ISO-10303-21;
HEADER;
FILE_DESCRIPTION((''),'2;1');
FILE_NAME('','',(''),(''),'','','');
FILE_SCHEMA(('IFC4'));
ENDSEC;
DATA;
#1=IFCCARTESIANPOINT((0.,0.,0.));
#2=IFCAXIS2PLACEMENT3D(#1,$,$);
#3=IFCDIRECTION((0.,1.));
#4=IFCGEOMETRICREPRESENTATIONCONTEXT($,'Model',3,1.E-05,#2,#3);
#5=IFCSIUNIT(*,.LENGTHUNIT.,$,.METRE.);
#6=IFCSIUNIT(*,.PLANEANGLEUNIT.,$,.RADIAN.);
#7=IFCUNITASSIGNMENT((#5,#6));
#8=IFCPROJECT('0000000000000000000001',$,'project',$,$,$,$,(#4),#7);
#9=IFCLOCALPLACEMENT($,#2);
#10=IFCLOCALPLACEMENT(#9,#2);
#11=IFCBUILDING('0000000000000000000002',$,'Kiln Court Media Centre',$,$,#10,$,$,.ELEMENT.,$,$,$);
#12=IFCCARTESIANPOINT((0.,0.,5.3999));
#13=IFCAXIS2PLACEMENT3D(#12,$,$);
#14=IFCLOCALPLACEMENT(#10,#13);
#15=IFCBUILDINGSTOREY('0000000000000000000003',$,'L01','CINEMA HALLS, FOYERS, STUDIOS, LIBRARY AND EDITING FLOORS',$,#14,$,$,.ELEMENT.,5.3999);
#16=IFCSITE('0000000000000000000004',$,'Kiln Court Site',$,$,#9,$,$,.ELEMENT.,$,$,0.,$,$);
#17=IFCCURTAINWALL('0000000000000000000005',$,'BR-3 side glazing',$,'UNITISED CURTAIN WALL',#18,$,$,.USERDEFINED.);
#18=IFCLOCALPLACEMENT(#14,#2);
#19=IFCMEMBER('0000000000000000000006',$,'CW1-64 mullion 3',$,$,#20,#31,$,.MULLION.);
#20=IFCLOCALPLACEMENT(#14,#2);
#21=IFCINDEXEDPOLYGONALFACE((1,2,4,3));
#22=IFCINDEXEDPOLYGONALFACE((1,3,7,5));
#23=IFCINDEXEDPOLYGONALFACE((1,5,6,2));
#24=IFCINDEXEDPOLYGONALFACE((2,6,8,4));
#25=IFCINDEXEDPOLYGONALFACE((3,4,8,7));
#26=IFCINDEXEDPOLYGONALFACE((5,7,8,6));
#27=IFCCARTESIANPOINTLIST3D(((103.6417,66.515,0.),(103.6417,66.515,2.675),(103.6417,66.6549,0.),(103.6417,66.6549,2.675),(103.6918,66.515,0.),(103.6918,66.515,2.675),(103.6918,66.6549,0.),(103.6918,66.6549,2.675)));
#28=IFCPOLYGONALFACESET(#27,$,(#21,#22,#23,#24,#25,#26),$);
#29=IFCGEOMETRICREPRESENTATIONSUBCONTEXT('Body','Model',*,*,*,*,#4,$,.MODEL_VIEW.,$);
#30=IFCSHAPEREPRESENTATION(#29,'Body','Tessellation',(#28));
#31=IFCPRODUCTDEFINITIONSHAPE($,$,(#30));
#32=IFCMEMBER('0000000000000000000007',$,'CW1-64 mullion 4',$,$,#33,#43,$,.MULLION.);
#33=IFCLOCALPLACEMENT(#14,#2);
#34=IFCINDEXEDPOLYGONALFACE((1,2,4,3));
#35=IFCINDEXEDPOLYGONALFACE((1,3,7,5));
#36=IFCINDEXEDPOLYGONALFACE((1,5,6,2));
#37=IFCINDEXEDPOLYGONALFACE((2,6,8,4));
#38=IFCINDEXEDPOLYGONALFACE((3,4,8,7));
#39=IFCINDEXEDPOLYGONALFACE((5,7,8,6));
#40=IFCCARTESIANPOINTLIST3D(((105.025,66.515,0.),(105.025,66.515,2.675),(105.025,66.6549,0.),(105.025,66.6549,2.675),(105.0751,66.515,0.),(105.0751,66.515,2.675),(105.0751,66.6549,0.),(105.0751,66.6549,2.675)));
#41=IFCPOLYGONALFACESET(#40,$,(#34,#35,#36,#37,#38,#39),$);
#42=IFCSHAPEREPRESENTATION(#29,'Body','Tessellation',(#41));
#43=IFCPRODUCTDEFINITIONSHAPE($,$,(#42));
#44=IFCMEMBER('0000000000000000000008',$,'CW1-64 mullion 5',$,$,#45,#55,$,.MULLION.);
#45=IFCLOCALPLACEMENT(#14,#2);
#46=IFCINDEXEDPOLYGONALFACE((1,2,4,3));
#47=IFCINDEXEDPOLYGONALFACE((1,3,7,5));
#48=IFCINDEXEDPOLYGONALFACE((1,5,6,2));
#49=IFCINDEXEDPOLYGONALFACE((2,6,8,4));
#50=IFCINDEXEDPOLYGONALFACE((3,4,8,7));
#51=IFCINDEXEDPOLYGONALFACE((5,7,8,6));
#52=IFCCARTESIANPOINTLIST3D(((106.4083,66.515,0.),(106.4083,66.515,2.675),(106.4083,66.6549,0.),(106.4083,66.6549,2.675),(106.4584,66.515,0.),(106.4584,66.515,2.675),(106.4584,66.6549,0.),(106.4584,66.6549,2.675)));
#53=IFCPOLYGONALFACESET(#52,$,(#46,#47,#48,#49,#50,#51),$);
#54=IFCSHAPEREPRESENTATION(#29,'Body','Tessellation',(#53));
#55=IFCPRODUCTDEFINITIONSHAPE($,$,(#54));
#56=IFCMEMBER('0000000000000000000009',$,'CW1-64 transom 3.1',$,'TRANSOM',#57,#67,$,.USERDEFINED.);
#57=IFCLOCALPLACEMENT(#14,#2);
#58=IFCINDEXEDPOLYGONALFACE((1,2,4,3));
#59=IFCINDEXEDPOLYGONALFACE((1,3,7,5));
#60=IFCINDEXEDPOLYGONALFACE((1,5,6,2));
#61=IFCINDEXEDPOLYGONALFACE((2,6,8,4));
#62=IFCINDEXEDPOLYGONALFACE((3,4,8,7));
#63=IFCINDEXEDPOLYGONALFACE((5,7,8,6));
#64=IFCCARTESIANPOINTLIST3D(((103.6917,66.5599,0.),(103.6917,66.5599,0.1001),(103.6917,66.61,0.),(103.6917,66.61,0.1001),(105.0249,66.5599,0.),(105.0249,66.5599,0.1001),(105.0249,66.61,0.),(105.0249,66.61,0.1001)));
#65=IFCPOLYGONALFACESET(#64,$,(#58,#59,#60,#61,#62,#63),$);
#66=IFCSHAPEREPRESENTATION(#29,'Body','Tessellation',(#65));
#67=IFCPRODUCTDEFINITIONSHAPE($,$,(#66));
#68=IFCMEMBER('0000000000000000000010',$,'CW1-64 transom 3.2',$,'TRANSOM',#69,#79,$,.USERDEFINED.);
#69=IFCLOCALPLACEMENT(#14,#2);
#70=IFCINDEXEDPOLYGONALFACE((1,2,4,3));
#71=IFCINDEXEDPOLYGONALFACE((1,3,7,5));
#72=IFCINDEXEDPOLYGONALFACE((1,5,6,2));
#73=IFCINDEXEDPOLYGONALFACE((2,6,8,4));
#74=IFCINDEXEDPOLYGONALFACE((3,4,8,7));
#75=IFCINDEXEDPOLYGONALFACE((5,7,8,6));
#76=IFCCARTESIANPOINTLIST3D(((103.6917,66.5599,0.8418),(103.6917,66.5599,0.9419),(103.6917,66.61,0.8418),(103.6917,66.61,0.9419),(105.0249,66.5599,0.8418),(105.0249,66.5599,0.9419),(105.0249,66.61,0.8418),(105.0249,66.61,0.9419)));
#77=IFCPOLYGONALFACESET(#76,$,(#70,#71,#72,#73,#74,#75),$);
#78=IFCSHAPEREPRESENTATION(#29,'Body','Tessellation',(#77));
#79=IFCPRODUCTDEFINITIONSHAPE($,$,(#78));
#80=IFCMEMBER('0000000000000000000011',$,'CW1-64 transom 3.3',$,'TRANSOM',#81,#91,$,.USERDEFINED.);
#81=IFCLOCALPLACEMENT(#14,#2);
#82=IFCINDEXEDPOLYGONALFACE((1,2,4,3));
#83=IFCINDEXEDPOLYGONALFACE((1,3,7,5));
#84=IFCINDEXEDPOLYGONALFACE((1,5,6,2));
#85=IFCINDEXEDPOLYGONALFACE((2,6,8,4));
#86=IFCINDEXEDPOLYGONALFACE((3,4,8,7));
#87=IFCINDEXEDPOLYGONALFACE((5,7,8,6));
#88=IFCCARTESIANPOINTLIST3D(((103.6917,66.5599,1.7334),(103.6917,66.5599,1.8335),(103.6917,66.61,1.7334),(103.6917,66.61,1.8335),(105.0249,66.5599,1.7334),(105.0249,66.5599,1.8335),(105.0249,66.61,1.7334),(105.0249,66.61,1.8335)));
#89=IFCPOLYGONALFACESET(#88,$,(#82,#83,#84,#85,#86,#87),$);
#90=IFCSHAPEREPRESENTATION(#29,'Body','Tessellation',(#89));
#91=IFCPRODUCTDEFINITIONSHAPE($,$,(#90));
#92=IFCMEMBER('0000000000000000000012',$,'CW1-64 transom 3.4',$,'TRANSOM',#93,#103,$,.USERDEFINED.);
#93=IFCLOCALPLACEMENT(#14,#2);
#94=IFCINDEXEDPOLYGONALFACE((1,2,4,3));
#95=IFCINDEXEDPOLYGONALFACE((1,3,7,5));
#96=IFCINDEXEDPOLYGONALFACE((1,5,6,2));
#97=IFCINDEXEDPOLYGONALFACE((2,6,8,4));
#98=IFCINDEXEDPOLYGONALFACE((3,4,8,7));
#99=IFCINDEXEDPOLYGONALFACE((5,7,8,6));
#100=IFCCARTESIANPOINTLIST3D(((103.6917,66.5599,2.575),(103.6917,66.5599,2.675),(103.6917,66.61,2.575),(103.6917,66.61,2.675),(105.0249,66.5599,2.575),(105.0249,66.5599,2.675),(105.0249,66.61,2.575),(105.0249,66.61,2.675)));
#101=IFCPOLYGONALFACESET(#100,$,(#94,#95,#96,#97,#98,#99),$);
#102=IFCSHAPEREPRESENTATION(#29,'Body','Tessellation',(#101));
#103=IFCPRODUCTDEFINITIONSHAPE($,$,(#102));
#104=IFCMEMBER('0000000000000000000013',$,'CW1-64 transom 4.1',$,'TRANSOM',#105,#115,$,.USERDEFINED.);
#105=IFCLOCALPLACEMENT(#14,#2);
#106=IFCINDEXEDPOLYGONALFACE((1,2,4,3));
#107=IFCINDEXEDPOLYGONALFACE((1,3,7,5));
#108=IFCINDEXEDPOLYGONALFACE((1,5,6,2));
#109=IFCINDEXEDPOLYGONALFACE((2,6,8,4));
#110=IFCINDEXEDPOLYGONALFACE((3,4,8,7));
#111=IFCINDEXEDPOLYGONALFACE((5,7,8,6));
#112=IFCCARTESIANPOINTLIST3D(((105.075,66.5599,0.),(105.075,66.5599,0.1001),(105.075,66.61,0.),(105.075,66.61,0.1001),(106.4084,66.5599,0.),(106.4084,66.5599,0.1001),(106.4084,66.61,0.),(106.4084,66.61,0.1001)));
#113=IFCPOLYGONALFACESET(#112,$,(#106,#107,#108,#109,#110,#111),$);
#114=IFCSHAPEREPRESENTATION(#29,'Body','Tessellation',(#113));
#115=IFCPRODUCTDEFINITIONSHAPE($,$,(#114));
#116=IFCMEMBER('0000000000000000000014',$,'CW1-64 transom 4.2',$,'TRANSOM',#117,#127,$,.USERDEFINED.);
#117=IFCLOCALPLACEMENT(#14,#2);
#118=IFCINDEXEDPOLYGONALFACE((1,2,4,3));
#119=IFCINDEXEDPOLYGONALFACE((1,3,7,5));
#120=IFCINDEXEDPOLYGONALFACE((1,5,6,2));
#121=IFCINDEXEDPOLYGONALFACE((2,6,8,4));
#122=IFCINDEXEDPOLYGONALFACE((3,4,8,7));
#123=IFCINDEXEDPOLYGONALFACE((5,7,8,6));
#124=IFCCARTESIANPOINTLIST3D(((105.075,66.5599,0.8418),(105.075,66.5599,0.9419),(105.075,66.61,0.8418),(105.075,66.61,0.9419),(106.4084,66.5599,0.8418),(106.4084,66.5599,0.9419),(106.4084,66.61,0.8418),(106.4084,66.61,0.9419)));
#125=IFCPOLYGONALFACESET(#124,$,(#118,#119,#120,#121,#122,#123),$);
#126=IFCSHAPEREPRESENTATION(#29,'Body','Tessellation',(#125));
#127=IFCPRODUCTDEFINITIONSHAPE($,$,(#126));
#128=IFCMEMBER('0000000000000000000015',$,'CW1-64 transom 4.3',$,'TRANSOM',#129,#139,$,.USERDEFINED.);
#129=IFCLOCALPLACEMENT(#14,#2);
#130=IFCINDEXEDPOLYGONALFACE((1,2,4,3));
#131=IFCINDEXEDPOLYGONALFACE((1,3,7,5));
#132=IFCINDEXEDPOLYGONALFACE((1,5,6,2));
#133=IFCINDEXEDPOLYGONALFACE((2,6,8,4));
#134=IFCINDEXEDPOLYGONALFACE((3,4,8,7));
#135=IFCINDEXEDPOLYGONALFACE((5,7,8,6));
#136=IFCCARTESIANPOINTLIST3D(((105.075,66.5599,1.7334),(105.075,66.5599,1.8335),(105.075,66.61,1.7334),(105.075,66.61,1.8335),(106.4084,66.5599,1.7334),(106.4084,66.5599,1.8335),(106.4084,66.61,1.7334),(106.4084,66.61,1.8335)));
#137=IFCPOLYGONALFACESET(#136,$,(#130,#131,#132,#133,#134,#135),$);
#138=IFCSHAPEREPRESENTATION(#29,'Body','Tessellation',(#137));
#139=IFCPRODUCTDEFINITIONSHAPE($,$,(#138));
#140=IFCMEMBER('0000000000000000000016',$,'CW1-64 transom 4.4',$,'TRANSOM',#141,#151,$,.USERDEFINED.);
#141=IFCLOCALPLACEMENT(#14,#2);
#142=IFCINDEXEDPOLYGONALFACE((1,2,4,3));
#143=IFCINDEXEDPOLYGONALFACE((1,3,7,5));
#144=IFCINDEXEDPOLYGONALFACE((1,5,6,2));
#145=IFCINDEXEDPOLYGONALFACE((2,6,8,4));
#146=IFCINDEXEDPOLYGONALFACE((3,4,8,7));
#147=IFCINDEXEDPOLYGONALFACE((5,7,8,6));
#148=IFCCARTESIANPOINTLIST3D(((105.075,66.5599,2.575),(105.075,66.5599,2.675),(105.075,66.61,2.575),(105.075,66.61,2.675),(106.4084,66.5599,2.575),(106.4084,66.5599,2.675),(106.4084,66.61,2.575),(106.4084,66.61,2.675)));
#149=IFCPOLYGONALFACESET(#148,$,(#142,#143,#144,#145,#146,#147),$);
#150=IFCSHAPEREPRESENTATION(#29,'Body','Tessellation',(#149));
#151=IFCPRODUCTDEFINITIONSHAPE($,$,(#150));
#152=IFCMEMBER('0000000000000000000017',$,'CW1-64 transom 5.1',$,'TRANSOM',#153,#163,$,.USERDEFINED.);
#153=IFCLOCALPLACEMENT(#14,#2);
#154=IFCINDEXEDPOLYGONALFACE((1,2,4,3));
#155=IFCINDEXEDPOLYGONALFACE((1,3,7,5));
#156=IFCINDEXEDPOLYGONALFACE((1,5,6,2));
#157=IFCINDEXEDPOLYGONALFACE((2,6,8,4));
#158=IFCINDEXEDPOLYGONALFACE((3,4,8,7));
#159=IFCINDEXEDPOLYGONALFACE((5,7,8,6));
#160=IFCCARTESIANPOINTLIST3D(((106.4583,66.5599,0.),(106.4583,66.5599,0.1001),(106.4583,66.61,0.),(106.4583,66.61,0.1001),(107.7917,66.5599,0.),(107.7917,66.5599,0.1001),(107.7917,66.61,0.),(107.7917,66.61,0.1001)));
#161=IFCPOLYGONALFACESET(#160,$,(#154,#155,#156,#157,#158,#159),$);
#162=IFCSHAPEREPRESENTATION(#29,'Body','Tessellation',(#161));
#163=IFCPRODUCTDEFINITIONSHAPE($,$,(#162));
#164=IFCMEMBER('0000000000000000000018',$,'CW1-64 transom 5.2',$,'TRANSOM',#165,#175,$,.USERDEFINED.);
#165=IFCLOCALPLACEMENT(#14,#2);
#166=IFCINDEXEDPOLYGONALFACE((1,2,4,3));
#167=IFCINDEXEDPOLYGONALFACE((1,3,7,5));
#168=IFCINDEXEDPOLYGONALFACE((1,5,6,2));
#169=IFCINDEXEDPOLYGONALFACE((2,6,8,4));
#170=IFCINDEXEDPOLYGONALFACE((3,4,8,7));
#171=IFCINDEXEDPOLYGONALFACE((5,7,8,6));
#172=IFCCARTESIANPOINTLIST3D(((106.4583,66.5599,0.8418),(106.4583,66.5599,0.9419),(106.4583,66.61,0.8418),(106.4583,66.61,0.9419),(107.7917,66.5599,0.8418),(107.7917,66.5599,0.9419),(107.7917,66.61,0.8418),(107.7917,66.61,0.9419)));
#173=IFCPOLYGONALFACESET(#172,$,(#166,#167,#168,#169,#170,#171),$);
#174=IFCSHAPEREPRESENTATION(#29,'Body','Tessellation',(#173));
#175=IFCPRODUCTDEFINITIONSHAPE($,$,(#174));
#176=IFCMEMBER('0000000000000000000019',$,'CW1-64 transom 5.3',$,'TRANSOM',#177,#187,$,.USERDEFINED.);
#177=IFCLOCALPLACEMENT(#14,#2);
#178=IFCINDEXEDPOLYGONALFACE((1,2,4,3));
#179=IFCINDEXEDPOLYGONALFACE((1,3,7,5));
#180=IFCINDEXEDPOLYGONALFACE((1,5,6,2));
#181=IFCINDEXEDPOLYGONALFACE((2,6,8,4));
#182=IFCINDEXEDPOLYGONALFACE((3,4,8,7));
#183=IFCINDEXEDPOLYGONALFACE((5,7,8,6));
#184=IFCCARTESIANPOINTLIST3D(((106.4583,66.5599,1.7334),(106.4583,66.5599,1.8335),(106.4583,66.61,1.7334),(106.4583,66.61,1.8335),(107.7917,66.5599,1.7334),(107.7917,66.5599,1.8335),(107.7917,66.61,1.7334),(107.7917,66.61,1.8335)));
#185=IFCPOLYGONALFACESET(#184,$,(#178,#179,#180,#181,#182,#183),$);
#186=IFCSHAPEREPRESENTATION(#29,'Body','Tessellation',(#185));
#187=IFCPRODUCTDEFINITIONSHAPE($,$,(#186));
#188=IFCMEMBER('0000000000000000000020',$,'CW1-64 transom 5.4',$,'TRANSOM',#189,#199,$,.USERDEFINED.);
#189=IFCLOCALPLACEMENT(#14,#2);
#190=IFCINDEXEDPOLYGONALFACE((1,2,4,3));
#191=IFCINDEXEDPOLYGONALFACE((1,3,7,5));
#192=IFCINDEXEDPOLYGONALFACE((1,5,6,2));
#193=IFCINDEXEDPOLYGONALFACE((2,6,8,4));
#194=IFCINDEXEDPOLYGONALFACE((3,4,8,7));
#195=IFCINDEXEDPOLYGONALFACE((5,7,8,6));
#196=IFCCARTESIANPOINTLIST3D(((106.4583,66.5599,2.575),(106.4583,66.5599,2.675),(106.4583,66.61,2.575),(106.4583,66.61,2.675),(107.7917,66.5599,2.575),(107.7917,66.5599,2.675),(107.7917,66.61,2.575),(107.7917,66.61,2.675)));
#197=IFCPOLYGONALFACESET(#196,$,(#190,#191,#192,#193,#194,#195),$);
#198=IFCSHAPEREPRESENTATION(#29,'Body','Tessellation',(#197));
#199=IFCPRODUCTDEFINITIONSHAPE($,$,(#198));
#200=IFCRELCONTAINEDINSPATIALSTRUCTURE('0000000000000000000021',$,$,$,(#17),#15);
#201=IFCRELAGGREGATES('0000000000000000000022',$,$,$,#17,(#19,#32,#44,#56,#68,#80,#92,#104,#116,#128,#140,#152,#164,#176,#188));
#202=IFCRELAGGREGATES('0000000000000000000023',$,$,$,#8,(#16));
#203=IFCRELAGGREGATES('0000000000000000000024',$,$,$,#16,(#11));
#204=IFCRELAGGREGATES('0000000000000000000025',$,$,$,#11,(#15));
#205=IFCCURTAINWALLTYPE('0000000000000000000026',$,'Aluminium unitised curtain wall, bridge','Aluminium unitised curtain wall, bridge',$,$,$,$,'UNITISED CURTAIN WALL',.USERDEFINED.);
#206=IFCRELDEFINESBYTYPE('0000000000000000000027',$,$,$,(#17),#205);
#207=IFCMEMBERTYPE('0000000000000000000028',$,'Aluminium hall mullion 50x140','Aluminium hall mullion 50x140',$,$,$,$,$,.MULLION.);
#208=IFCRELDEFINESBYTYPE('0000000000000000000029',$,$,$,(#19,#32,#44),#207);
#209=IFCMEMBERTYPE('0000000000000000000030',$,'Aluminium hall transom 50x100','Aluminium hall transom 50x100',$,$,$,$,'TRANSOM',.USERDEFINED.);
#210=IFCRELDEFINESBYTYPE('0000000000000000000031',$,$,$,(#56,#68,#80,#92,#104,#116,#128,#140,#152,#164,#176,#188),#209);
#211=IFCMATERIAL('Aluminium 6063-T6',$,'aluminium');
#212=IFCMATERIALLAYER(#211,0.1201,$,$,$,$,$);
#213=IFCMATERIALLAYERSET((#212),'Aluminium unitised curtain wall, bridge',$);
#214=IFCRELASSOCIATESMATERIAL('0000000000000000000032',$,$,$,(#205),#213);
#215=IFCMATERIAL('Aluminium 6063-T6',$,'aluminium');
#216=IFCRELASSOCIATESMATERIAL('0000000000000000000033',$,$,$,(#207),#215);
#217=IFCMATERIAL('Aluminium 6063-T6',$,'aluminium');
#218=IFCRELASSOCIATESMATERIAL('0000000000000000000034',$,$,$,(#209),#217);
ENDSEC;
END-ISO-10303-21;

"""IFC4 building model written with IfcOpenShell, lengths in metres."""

from ifc_helpers import new_model, si_unit, direction, frame, origin, origin_2d, place, context, subcontext, project, spatial, rectangle, extrude, material, layer, layer_set, material_profile, profile_set, type_object, element, aggregate, save


model = new_model("IFC4")

# Units and contexts
model_context = context("Model", 3, precision=1e-05, world=origin(), true_north=direction((0.0, 1.0)))
body_context = subcontext(model_context, "Body", "Model", "MODEL_VIEW")
ifc_project = project(units=[si_unit("LENGTHUNIT", "METRE"), si_unit("PLANEANGLEUNIT", "RADIAN")], contexts=[model_context])

# Site, building, storey
site_placement = place(None, origin())
site = spatial("IfcSite", under=ifc_project, at=site_placement, Name="Kiln Court Site", CompositionType="ELEMENT", RefElevation=0.0)
building_placement = place(site_placement, origin())
building = spatial("IfcBuilding", under=site, at=building_placement, Name="Kiln Court Media Centre", CompositionType="ELEMENT")
storey_placement = place(building_placement, frame((0.0, 0.0, 5.3999)))
storey = spatial("IfcBuildingStorey", under=building, at=storey_placement, Name="L01", Description="CINEMA HALLS, FOYERS, STUDIOS, LIBRARY AND EDITING FLOORS", CompositionType="ELEMENT", Elevation=5.3999)

# Curtain wall, members
ifc_material_1 = material(Name="Aluminium 6063-T6", Category="aluminium")
ifc_layer_1 = layer(ifc_material_1, 0.1201)
ifc_layer_set_1 = layer_set([ifc_layer_1], Name="Aluminium unitised curtain wall, bridge")
curtain_wall_type = type_object("IfcCurtainWallType", Name="Aluminium unitised curtain wall, bridge", Description="Aluminium unitised curtain wall, bridge", ElementType="UNITISED CURTAIN WALL", PredefinedType="USERDEFINED", material=ifc_layer_set_1)
curtain_wall_placement = place(storey_placement, origin())
curtain_wall = element("IfcCurtainWall", 1, at=curtain_wall_placement, inside=storey, type_object=curtain_wall_type, Name="BR-3 side glazing", ObjectType="UNITISED CURTAIN WALL", PredefinedType="USERDEFINED")
ifc_material_2 = material(Name="Aluminium 6063-T6", Category="aluminium")
ifc_material_profile_1 = material_profile(ifc_material_2, rectangle(XDim=0.05, YDim=0.1399, at=origin_2d()), Name="Aluminium hall mullion 50x140")
ifc_profile_set_1 = profile_set([ifc_material_profile_1], Name="Aluminium 6063-T6")
member_type_1 = type_object("IfcMemberType", Name="Aluminium hall mullion 50x140", Description="Aluminium hall mullion 50x140", PredefinedType="MULLION", material=ifc_profile_set_1)
member_1_placement = place(storey_placement, frame((103.6667, 66.585, 0.0), z_axis=(0.0, 0.0, 1.0), x_axis=(1.0, 0.0, 0.0)))
member_1 = element("IfcMember", 2, at=member_1_placement, type_object=member_type_1, Name="CW1-64 mullion 3", PredefinedType="MULLION", context=body_context, shape_type="SweptSolid", body=[
    extrude(rectangle(XDim=0.05, YDim=0.1399, at=origin_2d()), origin(), (0.0, 0.0, 1.0), 2.675),
])
member_2_placement = place(storey_placement, frame((105.05, 66.585, 0.0), z_axis=(0.0, 0.0, 1.0), x_axis=(1.0, 0.0, 0.0)))
member_2 = element("IfcMember", 3, at=member_2_placement, type_object=member_type_1, Name="CW1-64 mullion 4", PredefinedType="MULLION", context=body_context, shape_type="SweptSolid", body=[
    extrude(rectangle(XDim=0.05, YDim=0.1399, at=origin_2d()), origin(), (0.0, 0.0, 1.0), 2.675),
])
member_3_placement = place(storey_placement, frame((106.4333, 66.585, 0.0), z_axis=(0.0, 0.0, 1.0), x_axis=(1.0, 0.0, 0.0)))
member_3 = element("IfcMember", 4, at=member_3_placement, type_object=member_type_1, Name="CW1-64 mullion 5", PredefinedType="MULLION", context=body_context, shape_type="SweptSolid", body=[
    extrude(rectangle(XDim=0.05, YDim=0.1399, at=origin_2d()), origin(), (0.0, 0.0, 1.0), 2.675),
])
ifc_material_3 = material(Name="Aluminium 6063-T6", Category="aluminium")
ifc_material_profile_2 = material_profile(ifc_material_3, rectangle(XDim=0.05, YDim=0.1001, at=origin_2d()), Name="Aluminium hall transom 50x100")
ifc_profile_set_2 = profile_set([ifc_material_profile_2], Name="Aluminium 6063-T6")
member_type_2 = type_object("IfcMemberType", Name="Aluminium hall transom 50x100", Description="Aluminium hall transom 50x100", ElementType="TRANSOM", PredefinedType="USERDEFINED", material=ifc_profile_set_2)
member_4_placement = place(storey_placement, frame((103.6917, 66.585, 0.05), z_axis=(1.0, 0.0, 0.0), x_axis=(0.0, 1.0, 0.0)))
member_4 = element("IfcMember", 5, at=member_4_placement, type_object=member_type_2, Name="CW1-64 transom 3.1", ObjectType="TRANSOM", PredefinedType="USERDEFINED", context=body_context, shape_type="SweptSolid", body=[
    extrude(rectangle(XDim=0.05, YDim=0.1001, at=origin_2d()), origin(), (0.0, 0.0, 1.0), 1.3333),
])
member_5_placement = place(storey_placement, frame((103.6917, 66.585, 0.8918), z_axis=(1.0, 0.0, 0.0), x_axis=(0.0, 1.0, 0.0)))
member_5 = element("IfcMember", 6, at=member_5_placement, type_object=member_type_2, Name="CW1-64 transom 3.2", ObjectType="TRANSOM", PredefinedType="USERDEFINED", context=body_context, shape_type="SweptSolid", body=[
    extrude(rectangle(XDim=0.05, YDim=0.1001, at=origin_2d()), origin(), (0.0, 0.0, 1.0), 1.3333),
])
member_6_placement = place(storey_placement, frame((103.6917, 66.585, 1.7834), z_axis=(1.0, 0.0, 0.0), x_axis=(0.0, 1.0, 0.0)))
member_6 = element("IfcMember", 7, at=member_6_placement, type_object=member_type_2, Name="CW1-64 transom 3.3", ObjectType="TRANSOM", PredefinedType="USERDEFINED", context=body_context, shape_type="SweptSolid", body=[
    extrude(rectangle(XDim=0.05, YDim=0.1001, at=origin_2d()), origin(), (0.0, 0.0, 1.0), 1.3333),
])
member_7_placement = place(storey_placement, frame((103.6917, 66.585, 2.625), z_axis=(1.0, 0.0, 0.0), x_axis=(0.0, 1.0, 0.0)))
member_7 = element("IfcMember", 8, at=member_7_placement, type_object=member_type_2, Name="CW1-64 transom 3.4", ObjectType="TRANSOM", PredefinedType="USERDEFINED", context=body_context, shape_type="SweptSolid", body=[
    extrude(rectangle(XDim=0.05, YDim=0.1001, at=origin_2d()), origin(), (0.0, 0.0, 1.0), 1.3333),
])
member_8_placement = place(storey_placement, frame((105.075, 66.585, 0.05), z_axis=(1.0, 0.0, 0.0), x_axis=(0.0, 1.0, 0.0)))
member_8 = element("IfcMember", 9, at=member_8_placement, type_object=member_type_2, Name="CW1-64 transom 4.1", ObjectType="TRANSOM", PredefinedType="USERDEFINED", context=body_context, shape_type="SweptSolid", body=[
    extrude(rectangle(XDim=0.05, YDim=0.1001, at=origin_2d()), origin(), (0.0, 0.0, 1.0), 1.3335),
])
member_9_placement = place(storey_placement, frame((105.075, 66.585, 0.8918), z_axis=(1.0, 0.0, 0.0), x_axis=(0.0, 1.0, 0.0)))
member_9 = element("IfcMember", 10, at=member_9_placement, type_object=member_type_2, Name="CW1-64 transom 4.2", ObjectType="TRANSOM", PredefinedType="USERDEFINED", context=body_context, shape_type="SweptSolid", body=[
    extrude(rectangle(XDim=0.05, YDim=0.1001, at=origin_2d()), origin(), (0.0, 0.0, 1.0), 1.3335),
])
member_10_placement = place(storey_placement, frame((105.075, 66.585, 1.7834), z_axis=(1.0, 0.0, 0.0), x_axis=(0.0, 1.0, 0.0)))
member_10 = element("IfcMember", 11, at=member_10_placement, type_object=member_type_2, Name="CW1-64 transom 4.3", ObjectType="TRANSOM", PredefinedType="USERDEFINED", context=body_context, shape_type="SweptSolid", body=[
    extrude(rectangle(XDim=0.05, YDim=0.1001, at=origin_2d()), origin(), (0.0, 0.0, 1.0), 1.3335),
])
member_11_placement = place(storey_placement, frame((105.075, 66.585, 2.625), z_axis=(1.0, 0.0, 0.0), x_axis=(0.0, 1.0, 0.0)))
member_11 = element("IfcMember", 12, at=member_11_placement, type_object=member_type_2, Name="CW1-64 transom 4.4", ObjectType="TRANSOM", PredefinedType="USERDEFINED", context=body_context, shape_type="SweptSolid", body=[
    extrude(rectangle(XDim=0.05, YDim=0.1001, at=origin_2d()), origin(), (0.0, 0.0, 1.0), 1.3335),
])
member_12_placement = place(storey_placement, frame((106.4583, 66.585, 0.05), z_axis=(1.0, 0.0, 0.0), x_axis=(0.0, 1.0, 0.0)))
member_12 = element("IfcMember", 13, at=member_12_placement, type_object=member_type_2, Name="CW1-64 transom 5.1", ObjectType="TRANSOM", PredefinedType="USERDEFINED", context=body_context, shape_type="SweptSolid", body=[
    extrude(rectangle(XDim=0.05, YDim=0.1001, at=origin_2d()), origin(), (0.0, 0.0, 1.0), 1.3335),
])
member_13_placement = place(storey_placement, frame((106.4583, 66.585, 0.8918), z_axis=(1.0, 0.0, 0.0), x_axis=(0.0, 1.0, 0.0)))
member_13 = element("IfcMember", 14, at=member_13_placement, type_object=member_type_2, Name="CW1-64 transom 5.2", ObjectType="TRANSOM", PredefinedType="USERDEFINED", context=body_context, shape_type="SweptSolid", body=[
    extrude(rectangle(XDim=0.05, YDim=0.1001, at=origin_2d()), origin(), (0.0, 0.0, 1.0), 1.3335),
])
member_14_placement = place(storey_placement, frame((106.4583, 66.585, 1.7834), z_axis=(1.0, 0.0, 0.0), x_axis=(0.0, 1.0, 0.0)))
member_14 = element("IfcMember", 15, at=member_14_placement, type_object=member_type_2, Name="CW1-64 transom 5.3", ObjectType="TRANSOM", PredefinedType="USERDEFINED", context=body_context, shape_type="SweptSolid", body=[
    extrude(rectangle(XDim=0.05, YDim=0.1001, at=origin_2d()), origin(), (0.0, 0.0, 1.0), 1.3335),
])
member_15_placement = place(storey_placement, frame((106.4583, 66.585, 2.625), z_axis=(1.0, 0.0, 0.0), x_axis=(0.0, 1.0, 0.0)))
member_15 = element("IfcMember", 16, at=member_15_placement, type_object=member_type_2, Name="CW1-64 transom 5.4", ObjectType="TRANSOM", PredefinedType="USERDEFINED", context=body_context, shape_type="SweptSolid", body=[
    extrude(rectangle(XDim=0.05, YDim=0.1001, at=origin_2d()), origin(), (0.0, 0.0, 1.0), 1.3335),
])

aggregate(curtain_wall, [member_1, member_2, member_3, member_4, member_5, member_6, member_7, member_8, member_9, member_10, member_11, member_12, member_13, member_14, member_15])

save(model, "model.ifc")
